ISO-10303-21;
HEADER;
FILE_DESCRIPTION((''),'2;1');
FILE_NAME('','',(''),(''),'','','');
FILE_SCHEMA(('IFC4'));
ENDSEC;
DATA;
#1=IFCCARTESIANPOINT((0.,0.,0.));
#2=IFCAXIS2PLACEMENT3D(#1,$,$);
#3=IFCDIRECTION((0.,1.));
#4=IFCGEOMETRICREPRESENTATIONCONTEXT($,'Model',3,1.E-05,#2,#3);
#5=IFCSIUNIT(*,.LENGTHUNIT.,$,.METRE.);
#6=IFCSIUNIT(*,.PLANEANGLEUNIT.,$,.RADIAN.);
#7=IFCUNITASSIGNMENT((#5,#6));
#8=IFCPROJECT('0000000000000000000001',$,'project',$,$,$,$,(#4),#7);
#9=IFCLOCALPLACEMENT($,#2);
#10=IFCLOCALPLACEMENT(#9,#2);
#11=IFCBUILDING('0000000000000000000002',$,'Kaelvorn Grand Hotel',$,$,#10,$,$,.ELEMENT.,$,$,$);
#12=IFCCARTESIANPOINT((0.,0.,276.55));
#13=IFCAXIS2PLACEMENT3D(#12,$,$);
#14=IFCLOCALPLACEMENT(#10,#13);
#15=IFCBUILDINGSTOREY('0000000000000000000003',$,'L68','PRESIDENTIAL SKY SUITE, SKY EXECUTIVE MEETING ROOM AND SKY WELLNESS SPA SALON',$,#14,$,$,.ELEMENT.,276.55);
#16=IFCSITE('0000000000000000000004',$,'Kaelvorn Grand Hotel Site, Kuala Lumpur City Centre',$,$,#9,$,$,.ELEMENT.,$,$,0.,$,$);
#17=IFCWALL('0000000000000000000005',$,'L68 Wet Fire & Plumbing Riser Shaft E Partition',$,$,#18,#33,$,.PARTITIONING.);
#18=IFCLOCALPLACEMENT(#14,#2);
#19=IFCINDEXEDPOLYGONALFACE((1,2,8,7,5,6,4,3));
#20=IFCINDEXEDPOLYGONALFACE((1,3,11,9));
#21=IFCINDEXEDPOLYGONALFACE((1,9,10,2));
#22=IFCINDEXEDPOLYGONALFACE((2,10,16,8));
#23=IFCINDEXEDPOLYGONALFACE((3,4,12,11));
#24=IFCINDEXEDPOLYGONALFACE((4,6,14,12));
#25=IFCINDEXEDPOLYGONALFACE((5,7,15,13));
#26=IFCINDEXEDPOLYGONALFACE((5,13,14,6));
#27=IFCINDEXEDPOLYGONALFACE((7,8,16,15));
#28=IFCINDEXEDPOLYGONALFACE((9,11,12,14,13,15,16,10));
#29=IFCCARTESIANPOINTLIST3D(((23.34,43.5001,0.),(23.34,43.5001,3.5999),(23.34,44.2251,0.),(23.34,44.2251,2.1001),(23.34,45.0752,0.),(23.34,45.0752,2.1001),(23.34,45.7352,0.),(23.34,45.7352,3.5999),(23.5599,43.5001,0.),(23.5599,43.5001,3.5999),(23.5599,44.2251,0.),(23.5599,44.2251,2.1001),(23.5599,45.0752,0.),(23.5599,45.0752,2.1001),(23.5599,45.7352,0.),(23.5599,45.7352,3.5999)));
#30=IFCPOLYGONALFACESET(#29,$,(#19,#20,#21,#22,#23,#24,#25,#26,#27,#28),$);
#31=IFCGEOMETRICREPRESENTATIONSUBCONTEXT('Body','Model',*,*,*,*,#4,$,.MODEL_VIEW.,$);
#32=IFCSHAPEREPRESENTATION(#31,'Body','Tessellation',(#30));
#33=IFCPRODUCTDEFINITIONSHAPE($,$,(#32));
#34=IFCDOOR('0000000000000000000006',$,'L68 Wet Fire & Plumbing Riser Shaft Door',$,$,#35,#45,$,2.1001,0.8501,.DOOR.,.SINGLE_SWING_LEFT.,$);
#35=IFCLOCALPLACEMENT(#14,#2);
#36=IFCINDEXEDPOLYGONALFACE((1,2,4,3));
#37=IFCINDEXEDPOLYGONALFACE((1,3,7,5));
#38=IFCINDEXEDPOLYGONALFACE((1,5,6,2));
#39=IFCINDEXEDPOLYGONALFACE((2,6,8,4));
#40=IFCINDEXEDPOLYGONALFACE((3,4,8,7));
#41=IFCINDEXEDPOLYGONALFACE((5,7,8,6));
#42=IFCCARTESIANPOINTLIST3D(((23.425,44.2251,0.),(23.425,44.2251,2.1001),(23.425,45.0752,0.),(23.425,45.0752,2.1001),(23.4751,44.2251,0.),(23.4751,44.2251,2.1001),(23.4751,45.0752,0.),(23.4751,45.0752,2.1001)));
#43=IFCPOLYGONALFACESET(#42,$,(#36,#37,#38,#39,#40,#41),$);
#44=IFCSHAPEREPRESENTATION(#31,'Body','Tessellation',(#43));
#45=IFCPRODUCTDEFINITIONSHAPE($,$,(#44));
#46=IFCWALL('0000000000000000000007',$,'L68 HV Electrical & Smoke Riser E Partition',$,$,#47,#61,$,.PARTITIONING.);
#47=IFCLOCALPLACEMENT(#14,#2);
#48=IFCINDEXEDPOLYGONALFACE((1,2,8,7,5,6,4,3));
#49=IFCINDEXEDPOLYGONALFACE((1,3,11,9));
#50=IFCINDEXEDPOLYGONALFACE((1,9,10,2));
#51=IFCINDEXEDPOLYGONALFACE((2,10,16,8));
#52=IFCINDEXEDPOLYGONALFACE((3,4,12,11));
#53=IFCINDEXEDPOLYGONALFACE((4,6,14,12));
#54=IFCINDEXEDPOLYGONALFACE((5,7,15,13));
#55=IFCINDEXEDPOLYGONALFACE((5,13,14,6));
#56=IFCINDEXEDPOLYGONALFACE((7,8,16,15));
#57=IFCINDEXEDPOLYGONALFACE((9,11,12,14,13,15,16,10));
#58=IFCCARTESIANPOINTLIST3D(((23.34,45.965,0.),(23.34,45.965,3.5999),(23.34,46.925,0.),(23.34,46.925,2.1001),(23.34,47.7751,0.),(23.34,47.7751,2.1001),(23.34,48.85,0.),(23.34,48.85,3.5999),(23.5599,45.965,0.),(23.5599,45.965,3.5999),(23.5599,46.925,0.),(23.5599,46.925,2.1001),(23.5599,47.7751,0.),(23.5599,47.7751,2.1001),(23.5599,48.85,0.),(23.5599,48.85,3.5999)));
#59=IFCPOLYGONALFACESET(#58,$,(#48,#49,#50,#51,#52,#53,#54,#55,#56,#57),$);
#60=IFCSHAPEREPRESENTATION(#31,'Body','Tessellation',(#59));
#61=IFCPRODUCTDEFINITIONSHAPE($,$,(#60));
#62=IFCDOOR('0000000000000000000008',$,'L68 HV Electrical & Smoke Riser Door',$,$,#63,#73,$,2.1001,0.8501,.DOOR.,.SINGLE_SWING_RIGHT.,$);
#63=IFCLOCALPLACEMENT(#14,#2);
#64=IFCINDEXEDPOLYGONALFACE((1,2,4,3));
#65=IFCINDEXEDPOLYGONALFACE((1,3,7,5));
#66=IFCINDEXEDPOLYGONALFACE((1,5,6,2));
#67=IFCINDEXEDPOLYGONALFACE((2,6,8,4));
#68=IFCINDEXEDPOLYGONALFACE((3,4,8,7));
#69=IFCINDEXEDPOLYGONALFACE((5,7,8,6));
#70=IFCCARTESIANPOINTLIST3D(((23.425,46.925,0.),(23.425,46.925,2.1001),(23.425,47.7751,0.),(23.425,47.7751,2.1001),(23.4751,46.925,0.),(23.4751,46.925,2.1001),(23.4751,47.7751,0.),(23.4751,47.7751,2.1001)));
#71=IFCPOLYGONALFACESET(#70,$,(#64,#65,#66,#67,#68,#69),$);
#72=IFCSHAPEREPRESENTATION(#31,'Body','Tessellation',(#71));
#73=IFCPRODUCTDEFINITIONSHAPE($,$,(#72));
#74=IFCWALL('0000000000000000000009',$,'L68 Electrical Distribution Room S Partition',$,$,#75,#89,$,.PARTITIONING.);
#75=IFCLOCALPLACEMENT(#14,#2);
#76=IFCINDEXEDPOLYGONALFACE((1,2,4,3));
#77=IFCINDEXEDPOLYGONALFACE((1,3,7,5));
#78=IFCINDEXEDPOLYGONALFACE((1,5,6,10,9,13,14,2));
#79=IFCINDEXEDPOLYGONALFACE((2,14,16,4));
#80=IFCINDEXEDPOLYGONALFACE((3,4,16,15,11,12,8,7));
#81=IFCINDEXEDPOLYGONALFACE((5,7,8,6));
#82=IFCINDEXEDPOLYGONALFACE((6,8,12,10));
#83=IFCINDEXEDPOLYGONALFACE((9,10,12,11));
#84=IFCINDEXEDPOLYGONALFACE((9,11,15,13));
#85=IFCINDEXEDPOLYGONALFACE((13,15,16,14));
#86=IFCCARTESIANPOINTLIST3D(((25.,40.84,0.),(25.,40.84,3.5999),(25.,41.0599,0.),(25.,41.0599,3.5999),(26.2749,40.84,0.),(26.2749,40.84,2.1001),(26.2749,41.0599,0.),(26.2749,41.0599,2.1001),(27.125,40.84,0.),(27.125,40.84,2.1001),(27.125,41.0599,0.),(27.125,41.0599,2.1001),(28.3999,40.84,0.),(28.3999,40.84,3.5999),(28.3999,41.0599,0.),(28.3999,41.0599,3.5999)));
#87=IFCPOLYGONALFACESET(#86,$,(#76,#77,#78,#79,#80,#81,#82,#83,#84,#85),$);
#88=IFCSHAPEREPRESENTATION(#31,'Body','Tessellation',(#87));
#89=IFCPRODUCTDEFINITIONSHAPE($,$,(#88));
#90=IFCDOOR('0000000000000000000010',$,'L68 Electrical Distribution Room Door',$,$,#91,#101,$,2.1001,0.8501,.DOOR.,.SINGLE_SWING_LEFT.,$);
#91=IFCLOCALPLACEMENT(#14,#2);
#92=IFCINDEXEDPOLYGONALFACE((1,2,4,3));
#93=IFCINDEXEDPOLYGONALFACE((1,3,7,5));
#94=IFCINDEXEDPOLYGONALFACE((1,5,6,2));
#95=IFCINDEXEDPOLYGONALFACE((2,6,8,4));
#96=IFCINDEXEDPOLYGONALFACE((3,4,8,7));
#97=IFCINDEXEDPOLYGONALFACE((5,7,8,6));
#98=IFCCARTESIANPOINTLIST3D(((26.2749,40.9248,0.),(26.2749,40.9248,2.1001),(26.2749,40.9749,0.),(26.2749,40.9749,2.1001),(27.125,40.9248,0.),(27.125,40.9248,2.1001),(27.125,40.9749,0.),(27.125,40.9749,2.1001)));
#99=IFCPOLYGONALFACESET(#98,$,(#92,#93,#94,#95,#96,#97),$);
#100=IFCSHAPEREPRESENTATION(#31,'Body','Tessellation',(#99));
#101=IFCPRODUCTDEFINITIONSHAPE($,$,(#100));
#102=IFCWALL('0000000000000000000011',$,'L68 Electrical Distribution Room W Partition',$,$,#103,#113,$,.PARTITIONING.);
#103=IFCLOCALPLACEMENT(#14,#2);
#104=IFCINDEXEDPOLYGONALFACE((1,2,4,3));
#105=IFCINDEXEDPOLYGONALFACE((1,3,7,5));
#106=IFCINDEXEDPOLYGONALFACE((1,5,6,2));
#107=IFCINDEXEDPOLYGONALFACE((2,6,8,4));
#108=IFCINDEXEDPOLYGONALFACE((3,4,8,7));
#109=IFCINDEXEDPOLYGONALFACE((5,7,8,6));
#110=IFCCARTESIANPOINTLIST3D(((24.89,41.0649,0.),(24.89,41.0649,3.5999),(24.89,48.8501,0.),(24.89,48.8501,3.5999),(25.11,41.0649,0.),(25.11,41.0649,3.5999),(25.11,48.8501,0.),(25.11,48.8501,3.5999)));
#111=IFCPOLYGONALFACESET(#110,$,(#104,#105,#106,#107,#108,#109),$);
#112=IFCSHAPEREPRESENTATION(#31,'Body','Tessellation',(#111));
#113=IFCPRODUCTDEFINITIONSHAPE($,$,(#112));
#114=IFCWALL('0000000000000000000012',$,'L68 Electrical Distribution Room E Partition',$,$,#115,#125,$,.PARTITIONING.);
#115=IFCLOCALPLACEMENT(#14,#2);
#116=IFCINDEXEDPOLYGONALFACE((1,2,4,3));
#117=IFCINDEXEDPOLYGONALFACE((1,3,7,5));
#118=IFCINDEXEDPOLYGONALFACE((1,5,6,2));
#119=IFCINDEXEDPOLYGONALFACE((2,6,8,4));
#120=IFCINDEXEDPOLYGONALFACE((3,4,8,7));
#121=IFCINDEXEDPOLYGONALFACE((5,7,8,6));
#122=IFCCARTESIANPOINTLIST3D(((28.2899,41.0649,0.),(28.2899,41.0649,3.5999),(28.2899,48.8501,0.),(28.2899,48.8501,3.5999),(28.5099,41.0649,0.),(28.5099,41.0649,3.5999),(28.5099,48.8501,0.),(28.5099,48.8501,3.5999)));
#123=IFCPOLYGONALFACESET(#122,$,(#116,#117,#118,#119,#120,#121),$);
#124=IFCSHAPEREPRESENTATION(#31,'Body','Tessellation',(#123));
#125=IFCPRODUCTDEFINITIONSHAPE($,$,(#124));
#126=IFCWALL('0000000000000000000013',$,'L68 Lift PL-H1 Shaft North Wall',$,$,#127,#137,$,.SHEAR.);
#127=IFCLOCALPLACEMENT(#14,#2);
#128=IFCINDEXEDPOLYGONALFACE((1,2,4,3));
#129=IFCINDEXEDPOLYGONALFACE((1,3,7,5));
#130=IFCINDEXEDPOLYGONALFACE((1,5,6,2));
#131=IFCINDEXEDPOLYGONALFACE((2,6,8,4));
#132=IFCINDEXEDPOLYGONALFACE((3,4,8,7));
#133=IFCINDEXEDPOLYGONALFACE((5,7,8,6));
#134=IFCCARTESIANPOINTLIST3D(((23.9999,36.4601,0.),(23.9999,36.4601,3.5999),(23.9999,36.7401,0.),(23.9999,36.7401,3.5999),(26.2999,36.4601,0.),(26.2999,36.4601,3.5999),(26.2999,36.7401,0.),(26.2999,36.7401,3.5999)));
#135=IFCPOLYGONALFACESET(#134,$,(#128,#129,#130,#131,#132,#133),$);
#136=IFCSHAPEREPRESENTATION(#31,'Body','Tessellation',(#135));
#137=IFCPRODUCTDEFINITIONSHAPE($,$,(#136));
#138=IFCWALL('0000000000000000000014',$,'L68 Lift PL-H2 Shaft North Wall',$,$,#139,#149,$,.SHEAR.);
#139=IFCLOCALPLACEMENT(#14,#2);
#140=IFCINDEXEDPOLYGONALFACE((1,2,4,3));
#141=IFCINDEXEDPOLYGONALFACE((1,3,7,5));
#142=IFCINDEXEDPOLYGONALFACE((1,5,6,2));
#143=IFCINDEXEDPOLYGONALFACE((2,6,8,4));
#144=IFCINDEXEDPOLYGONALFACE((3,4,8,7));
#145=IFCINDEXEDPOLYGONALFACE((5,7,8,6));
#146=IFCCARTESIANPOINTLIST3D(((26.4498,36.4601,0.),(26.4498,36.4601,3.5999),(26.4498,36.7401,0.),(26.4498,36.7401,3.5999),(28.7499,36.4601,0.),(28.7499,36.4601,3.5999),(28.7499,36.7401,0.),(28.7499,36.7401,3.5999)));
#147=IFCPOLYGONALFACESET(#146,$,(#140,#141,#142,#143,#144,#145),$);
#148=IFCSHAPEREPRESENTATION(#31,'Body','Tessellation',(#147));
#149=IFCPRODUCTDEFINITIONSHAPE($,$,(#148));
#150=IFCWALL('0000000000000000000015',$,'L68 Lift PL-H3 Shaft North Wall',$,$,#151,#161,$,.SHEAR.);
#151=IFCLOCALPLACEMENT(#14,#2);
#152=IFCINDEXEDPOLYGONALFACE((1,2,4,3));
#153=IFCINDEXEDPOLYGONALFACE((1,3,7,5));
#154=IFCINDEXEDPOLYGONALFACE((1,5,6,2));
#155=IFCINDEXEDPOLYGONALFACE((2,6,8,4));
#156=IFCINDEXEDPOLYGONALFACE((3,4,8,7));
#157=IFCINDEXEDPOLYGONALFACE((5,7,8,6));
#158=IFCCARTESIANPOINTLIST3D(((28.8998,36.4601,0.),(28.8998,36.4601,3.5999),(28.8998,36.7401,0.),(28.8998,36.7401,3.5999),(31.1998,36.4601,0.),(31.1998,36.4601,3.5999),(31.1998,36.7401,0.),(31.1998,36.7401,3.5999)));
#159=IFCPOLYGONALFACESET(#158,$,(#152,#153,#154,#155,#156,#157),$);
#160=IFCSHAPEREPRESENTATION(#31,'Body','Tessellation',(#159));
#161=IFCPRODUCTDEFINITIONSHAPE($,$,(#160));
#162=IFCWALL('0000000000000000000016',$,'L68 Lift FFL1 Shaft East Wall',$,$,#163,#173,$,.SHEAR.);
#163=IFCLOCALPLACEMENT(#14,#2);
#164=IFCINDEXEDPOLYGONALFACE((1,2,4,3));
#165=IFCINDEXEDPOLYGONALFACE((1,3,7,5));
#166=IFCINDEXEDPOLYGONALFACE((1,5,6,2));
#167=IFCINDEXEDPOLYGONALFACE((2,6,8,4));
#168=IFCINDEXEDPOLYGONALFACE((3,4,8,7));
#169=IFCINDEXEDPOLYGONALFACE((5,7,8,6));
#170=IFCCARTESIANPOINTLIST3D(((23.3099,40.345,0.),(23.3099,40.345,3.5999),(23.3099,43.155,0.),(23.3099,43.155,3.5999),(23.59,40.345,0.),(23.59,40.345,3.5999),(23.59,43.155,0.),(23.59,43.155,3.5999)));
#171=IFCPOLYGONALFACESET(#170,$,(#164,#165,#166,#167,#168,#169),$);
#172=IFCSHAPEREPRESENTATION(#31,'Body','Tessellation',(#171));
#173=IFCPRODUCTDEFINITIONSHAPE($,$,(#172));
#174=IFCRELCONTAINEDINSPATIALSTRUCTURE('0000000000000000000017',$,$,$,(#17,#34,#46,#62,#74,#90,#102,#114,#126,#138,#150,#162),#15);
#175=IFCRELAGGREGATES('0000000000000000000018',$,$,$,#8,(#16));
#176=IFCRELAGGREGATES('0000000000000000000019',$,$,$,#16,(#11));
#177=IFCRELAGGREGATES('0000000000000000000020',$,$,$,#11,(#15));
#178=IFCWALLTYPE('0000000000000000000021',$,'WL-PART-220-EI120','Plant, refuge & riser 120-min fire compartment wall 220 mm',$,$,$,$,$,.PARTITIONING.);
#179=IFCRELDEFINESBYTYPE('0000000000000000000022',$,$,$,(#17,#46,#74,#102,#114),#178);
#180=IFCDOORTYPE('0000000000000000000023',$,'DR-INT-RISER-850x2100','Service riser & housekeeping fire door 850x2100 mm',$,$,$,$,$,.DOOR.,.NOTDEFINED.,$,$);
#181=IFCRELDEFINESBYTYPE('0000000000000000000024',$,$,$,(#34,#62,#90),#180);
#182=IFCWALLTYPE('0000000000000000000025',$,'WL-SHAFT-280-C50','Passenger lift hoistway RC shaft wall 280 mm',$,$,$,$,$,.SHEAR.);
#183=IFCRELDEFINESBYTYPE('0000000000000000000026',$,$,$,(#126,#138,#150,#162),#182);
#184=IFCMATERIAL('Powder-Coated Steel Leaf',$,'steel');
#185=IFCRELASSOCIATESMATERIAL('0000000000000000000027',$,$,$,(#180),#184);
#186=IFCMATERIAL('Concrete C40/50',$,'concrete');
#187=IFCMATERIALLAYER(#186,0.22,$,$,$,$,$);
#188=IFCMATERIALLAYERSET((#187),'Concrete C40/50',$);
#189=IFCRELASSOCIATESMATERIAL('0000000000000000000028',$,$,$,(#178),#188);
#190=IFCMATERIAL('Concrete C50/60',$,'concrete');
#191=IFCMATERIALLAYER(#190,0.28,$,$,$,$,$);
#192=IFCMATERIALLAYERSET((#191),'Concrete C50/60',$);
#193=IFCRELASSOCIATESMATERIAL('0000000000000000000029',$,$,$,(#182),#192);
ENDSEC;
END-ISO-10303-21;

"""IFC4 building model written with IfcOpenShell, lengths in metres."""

from ifc_helpers import new_model, si_unit, direction, frame, frame_2d, origin, place, context, subcontext, project, spatial, rectangle, extrude, material, layer, layer_set, type_object, element, fill, save


model = new_model("IFC4")

# Units and contexts
model_context = context("Model", 3, precision=1e-05, world=origin(), true_north=direction((0.0, 1.0)))
body_context = subcontext(model_context, "Body", "Model", "MODEL_VIEW")
ifc_project = project(units=[si_unit("LENGTHUNIT", "METRE"), si_unit("PLANEANGLEUNIT", "RADIAN")], contexts=[model_context])

# Site, building, storey
site_placement = place(None, origin())
site = spatial("IfcSite", under=ifc_project, at=site_placement, Name="Kaelvorn Grand Hotel Site, Kuala Lumpur City Centre", CompositionType="ELEMENT", RefElevation=0.0)
building_placement = place(site_placement, origin())
building = spatial("IfcBuilding", under=site, at=building_placement, Name="Kaelvorn Grand Hotel", CompositionType="ELEMENT")
storey_placement = place(building_placement, frame((0.0, 0.0, 276.55)))
storey = spatial("IfcBuildingStorey", under=building, at=storey_placement, Name="L68", Description="PRESIDENTIAL SKY SUITE, SKY EXECUTIVE MEETING ROOM AND SKY WELLNESS SPA SALON", CompositionType="ELEMENT", Elevation=276.55)

# Shared definitions
ifc_material_1 = material(Name="Concrete C50/60", Category="concrete")

# Shared definitions
ifc_material_2 = material(Name="Powder-Coated Steel Leaf", Category="steel")
door_type_1 = type_object("IfcDoorType", Name="DR-INT-RISER-850x2100", Description="Service riser & housekeeping fire door 850x2100 mm", OperationType="NOTDEFINED", PredefinedType="DOOR", material=ifc_material_2)

# Walls, openings, doors
ifc_material_3 = material(Name="Concrete C40/50", Category="concrete")
ifc_layer_1 = layer(ifc_material_3, 0.22)
ifc_layer_set_1 = layer_set([ifc_layer_1], Name="Concrete C40/50")
wall_type_1 = type_object("IfcWallType", Name="WL-PART-220-EI120", Description="Plant, refuge & riser 120-min fire compartment wall 220 mm", PredefinedType="PARTITIONING", material=ifc_layer_set_1)
wall_1_placement = place(storey_placement, frame((23.45, 43.5, 0.0), z_axis=(0.0, 0.0, 1.0), x_axis=(0.0, 1.0, 0.0)))
wall_1 = element("IfcWall", 1, at=wall_1_placement, inside=storey, type_object=wall_type_1, Name="L68 Wet Fire & Plumbing Riser Shaft E Partition", PredefinedType="PARTITIONING", context=body_context, shape_type="SweptSolid", body=[
    extrude(rectangle(XDim=2.2351, YDim=0.22, at=frame_2d((1.1177, 0.0))), origin(), (0.0, 0.0, 1.0), 3.5999),
])
opening_1_placement = place(wall_1_placement, frame((0.7251, 0.0, 0.0)))
opening_1 = element("IfcOpeningElement", 2, at=opening_1_placement, cuts=wall_1, PredefinedType="OPENING", context=body_context, shape_type="SweptSolid", body=[
    extrude(rectangle(XDim=0.8501, YDim=2.1001, at=frame_2d((0.425, 1.05))), frame((0.0, 0.1201, 0.0), z_axis=(0.0, -1.0, 0.0), x_axis=(1.0, 0.0, 0.0)), (0.0, 0.0, 1.0), 0.24),
])
door_1_placement = place(opening_1_placement, origin())
door_1 = element("IfcDoor", 3, at=door_1_placement, inside=storey, type_object=door_type_1, Name="L68 Wet Fire & Plumbing Riser Shaft Door", OperationType="SINGLE_SWING_LEFT", OverallHeight=2.1001, OverallWidth=0.8501, PredefinedType="DOOR", context=body_context, shape_type="SweptSolid", body=[
    extrude(rectangle(XDim=0.8501, YDim=2.1001, at=frame_2d((0.425, 1.05))), frame((0.0, 0.0249, 0.0), z_axis=(0.0, -1.0, 0.0), x_axis=(1.0, 0.0, 0.0)), (0.0, 0.0, 1.0), 0.05),
])
fill(opening_1, door_1)
wall_2_placement = place(storey_placement, frame((23.45, 45.9651, 0.0), z_axis=(0.0, 0.0, 1.0), x_axis=(0.0, 1.0, 0.0)))
wall_2 = element("IfcWall", 4, at=wall_2_placement, inside=storey, type_object=wall_type_1, Name="L68 HV Electrical & Smoke Riser E Partition", PredefinedType="PARTITIONING", context=body_context, shape_type="SweptSolid", body=[
    extrude(rectangle(XDim=2.885, YDim=0.22, at=frame_2d((1.4424, 0.0))), origin(), (0.0, 0.0, 1.0), 3.5999),
])
opening_2_placement = place(wall_2_placement, frame((0.96, 0.0, 0.0)))
opening_2 = element("IfcOpeningElement", 5, at=opening_2_placement, cuts=wall_2, PredefinedType="OPENING", context=body_context, shape_type="SweptSolid", body=[
    extrude(rectangle(XDim=0.8501, YDim=2.1001, at=frame_2d((0.425, 1.05))), frame((0.0, 0.1201, 0.0), z_axis=(0.0, -1.0, 0.0), x_axis=(1.0, 0.0, 0.0)), (0.0, 0.0, 1.0), 0.24),
])
door_2_placement = place(opening_2_placement, origin())
door_2 = element("IfcDoor", 6, at=door_2_placement, inside=storey, type_object=door_type_1, Name="L68 HV Electrical & Smoke Riser Door", OperationType="SINGLE_SWING_RIGHT", OverallHeight=2.1001, OverallWidth=0.8501, PredefinedType="DOOR", context=body_context, shape_type="SweptSolid", body=[
    extrude(rectangle(XDim=0.8501, YDim=2.1001, at=frame_2d((0.425, 1.05))), frame((0.0, 0.0249, 0.0), z_axis=(0.0, -1.0, 0.0), x_axis=(1.0, 0.0, 0.0)), (0.0, 0.0, 1.0), 0.05),
])
fill(opening_2, door_2)
wall_3_placement = place(storey_placement, frame((25.0, 40.95, 0.0), z_axis=(0.0, 0.0, 1.0), x_axis=(1.0, 0.0, 0.0)))
wall_3 = element("IfcWall", 7, at=wall_3_placement, inside=storey, type_object=wall_type_1, Name="L68 Electrical Distribution Room S Partition", PredefinedType="PARTITIONING", context=body_context, shape_type="SweptSolid", body=[
    extrude(rectangle(XDim=3.3999, YDim=0.22, at=frame_2d((1.7, 0.0))), origin(), (0.0, 0.0, 1.0), 3.5999),
])
opening_3_placement = place(wall_3_placement, frame((1.2749, 0.0, 0.0)))
opening_3 = element("IfcOpeningElement", 8, at=opening_3_placement, cuts=wall_3, PredefinedType="OPENING", context=body_context, shape_type="SweptSolid", body=[
    extrude(rectangle(XDim=0.8501, YDim=2.1001, at=frame_2d((0.425, 1.05))), frame((0.0, 0.1201, 0.0), z_axis=(0.0, -1.0, 0.0), x_axis=(1.0, 0.0, 0.0)), (0.0, 0.0, 1.0), 0.24),
])
door_3_placement = place(opening_3_placement, origin())
door_3 = element("IfcDoor", 9, at=door_3_placement, inside=storey, type_object=door_type_1, Name="L68 Electrical Distribution Room Door", OperationType="SINGLE_SWING_LEFT", OverallHeight=2.1001, OverallWidth=0.8501, PredefinedType="DOOR", context=body_context, shape_type="SweptSolid", body=[
    extrude(rectangle(XDim=0.8501, YDim=2.1001, at=frame_2d((0.425, 1.05))), frame((0.0, 0.0249, 0.0), z_axis=(0.0, -1.0, 0.0), x_axis=(1.0, 0.0, 0.0)), (0.0, 0.0, 1.0), 0.05),
])
fill(opening_3, door_3)

# Walls
for number, where, z_axis, x_axis, name in (
    (10, (25.0, 41.0649, 0.0), (0.0, 0.0, 1.0), (0.0, 1.0, 0.0), "L68 Electrical Distribution Room W Partition"),
    (11, (28.3999, 41.0649, 0.0), (0.0, 0.0, 1.0), (0.0, 1.0, 0.0), "L68 Electrical Distribution Room E Partition"),
):
    element("IfcWall", number, at=place(storey_placement, frame(where, z_axis=z_axis, x_axis=x_axis)), inside=storey, type_object=wall_type_1, Name=name, PredefinedType="PARTITIONING", context=body_context, shape_type="SweptSolid", body=[
        extrude(rectangle(XDim=7.7852, YDim=0.22, at=frame_2d((3.8926, 0.0))), origin(), (0.0, 0.0, 1.0), 3.5999),
    ])
ifc_layer_2 = layer(ifc_material_1, 0.28)
ifc_layer_set_2 = layer_set([ifc_layer_2], Name="Concrete C50/60")
wall_type_2 = type_object("IfcWallType", Name="WL-SHAFT-280-C50", Description="Passenger lift hoistway RC shaft wall 280 mm", PredefinedType="SHEAR", material=ifc_layer_set_2)
for number, where, z_axis, x_axis, name in (
    (12, (24.0, 36.6001, 0.0), (0.0, 0.0, 1.0), (1.0, 0.0, 0.0), "L68 Lift PL-H1 Shaft North Wall"),
    (13, (26.45, 36.6001, 0.0), (0.0, 0.0, 1.0), (1.0, 0.0, 0.0), "L68 Lift PL-H2 Shaft North Wall"),
    (14, (28.8999, 36.6001, 0.0), (0.0, 0.0, 1.0), (1.0, 0.0, 0.0), "L68 Lift PL-H3 Shaft North Wall"),
):
    element("IfcWall", number, at=place(storey_placement, frame(where, z_axis=z_axis, x_axis=x_axis)), inside=storey, type_object=wall_type_2, Name=name, PredefinedType="SHEAR", context=body_context, shape_type="SweptSolid", body=[
        extrude(rectangle(XDim=2.3, YDim=0.28, at=frame_2d((1.1499, 0.0))), origin(), (0.0, 0.0, 1.0), 3.5999),
    ])
wall_4_placement = place(storey_placement, frame((23.45, 40.345, 0.0), z_axis=(0.0, 0.0, 1.0), x_axis=(0.0, 1.0, 0.0)))
element("IfcWall", 15, at=wall_4_placement, inside=storey, type_object=wall_type_2, Name="L68 Lift FFL1 Shaft East Wall", PredefinedType="SHEAR", context=body_context, shape_type="SweptSolid", body=[
    extrude(rectangle(XDim=2.8101, YDim=0.28, at=frame_2d((1.405, 0.0))), origin(), (0.0, 0.0, 1.0), 3.5999),
])

save(model, "model.ifc")
